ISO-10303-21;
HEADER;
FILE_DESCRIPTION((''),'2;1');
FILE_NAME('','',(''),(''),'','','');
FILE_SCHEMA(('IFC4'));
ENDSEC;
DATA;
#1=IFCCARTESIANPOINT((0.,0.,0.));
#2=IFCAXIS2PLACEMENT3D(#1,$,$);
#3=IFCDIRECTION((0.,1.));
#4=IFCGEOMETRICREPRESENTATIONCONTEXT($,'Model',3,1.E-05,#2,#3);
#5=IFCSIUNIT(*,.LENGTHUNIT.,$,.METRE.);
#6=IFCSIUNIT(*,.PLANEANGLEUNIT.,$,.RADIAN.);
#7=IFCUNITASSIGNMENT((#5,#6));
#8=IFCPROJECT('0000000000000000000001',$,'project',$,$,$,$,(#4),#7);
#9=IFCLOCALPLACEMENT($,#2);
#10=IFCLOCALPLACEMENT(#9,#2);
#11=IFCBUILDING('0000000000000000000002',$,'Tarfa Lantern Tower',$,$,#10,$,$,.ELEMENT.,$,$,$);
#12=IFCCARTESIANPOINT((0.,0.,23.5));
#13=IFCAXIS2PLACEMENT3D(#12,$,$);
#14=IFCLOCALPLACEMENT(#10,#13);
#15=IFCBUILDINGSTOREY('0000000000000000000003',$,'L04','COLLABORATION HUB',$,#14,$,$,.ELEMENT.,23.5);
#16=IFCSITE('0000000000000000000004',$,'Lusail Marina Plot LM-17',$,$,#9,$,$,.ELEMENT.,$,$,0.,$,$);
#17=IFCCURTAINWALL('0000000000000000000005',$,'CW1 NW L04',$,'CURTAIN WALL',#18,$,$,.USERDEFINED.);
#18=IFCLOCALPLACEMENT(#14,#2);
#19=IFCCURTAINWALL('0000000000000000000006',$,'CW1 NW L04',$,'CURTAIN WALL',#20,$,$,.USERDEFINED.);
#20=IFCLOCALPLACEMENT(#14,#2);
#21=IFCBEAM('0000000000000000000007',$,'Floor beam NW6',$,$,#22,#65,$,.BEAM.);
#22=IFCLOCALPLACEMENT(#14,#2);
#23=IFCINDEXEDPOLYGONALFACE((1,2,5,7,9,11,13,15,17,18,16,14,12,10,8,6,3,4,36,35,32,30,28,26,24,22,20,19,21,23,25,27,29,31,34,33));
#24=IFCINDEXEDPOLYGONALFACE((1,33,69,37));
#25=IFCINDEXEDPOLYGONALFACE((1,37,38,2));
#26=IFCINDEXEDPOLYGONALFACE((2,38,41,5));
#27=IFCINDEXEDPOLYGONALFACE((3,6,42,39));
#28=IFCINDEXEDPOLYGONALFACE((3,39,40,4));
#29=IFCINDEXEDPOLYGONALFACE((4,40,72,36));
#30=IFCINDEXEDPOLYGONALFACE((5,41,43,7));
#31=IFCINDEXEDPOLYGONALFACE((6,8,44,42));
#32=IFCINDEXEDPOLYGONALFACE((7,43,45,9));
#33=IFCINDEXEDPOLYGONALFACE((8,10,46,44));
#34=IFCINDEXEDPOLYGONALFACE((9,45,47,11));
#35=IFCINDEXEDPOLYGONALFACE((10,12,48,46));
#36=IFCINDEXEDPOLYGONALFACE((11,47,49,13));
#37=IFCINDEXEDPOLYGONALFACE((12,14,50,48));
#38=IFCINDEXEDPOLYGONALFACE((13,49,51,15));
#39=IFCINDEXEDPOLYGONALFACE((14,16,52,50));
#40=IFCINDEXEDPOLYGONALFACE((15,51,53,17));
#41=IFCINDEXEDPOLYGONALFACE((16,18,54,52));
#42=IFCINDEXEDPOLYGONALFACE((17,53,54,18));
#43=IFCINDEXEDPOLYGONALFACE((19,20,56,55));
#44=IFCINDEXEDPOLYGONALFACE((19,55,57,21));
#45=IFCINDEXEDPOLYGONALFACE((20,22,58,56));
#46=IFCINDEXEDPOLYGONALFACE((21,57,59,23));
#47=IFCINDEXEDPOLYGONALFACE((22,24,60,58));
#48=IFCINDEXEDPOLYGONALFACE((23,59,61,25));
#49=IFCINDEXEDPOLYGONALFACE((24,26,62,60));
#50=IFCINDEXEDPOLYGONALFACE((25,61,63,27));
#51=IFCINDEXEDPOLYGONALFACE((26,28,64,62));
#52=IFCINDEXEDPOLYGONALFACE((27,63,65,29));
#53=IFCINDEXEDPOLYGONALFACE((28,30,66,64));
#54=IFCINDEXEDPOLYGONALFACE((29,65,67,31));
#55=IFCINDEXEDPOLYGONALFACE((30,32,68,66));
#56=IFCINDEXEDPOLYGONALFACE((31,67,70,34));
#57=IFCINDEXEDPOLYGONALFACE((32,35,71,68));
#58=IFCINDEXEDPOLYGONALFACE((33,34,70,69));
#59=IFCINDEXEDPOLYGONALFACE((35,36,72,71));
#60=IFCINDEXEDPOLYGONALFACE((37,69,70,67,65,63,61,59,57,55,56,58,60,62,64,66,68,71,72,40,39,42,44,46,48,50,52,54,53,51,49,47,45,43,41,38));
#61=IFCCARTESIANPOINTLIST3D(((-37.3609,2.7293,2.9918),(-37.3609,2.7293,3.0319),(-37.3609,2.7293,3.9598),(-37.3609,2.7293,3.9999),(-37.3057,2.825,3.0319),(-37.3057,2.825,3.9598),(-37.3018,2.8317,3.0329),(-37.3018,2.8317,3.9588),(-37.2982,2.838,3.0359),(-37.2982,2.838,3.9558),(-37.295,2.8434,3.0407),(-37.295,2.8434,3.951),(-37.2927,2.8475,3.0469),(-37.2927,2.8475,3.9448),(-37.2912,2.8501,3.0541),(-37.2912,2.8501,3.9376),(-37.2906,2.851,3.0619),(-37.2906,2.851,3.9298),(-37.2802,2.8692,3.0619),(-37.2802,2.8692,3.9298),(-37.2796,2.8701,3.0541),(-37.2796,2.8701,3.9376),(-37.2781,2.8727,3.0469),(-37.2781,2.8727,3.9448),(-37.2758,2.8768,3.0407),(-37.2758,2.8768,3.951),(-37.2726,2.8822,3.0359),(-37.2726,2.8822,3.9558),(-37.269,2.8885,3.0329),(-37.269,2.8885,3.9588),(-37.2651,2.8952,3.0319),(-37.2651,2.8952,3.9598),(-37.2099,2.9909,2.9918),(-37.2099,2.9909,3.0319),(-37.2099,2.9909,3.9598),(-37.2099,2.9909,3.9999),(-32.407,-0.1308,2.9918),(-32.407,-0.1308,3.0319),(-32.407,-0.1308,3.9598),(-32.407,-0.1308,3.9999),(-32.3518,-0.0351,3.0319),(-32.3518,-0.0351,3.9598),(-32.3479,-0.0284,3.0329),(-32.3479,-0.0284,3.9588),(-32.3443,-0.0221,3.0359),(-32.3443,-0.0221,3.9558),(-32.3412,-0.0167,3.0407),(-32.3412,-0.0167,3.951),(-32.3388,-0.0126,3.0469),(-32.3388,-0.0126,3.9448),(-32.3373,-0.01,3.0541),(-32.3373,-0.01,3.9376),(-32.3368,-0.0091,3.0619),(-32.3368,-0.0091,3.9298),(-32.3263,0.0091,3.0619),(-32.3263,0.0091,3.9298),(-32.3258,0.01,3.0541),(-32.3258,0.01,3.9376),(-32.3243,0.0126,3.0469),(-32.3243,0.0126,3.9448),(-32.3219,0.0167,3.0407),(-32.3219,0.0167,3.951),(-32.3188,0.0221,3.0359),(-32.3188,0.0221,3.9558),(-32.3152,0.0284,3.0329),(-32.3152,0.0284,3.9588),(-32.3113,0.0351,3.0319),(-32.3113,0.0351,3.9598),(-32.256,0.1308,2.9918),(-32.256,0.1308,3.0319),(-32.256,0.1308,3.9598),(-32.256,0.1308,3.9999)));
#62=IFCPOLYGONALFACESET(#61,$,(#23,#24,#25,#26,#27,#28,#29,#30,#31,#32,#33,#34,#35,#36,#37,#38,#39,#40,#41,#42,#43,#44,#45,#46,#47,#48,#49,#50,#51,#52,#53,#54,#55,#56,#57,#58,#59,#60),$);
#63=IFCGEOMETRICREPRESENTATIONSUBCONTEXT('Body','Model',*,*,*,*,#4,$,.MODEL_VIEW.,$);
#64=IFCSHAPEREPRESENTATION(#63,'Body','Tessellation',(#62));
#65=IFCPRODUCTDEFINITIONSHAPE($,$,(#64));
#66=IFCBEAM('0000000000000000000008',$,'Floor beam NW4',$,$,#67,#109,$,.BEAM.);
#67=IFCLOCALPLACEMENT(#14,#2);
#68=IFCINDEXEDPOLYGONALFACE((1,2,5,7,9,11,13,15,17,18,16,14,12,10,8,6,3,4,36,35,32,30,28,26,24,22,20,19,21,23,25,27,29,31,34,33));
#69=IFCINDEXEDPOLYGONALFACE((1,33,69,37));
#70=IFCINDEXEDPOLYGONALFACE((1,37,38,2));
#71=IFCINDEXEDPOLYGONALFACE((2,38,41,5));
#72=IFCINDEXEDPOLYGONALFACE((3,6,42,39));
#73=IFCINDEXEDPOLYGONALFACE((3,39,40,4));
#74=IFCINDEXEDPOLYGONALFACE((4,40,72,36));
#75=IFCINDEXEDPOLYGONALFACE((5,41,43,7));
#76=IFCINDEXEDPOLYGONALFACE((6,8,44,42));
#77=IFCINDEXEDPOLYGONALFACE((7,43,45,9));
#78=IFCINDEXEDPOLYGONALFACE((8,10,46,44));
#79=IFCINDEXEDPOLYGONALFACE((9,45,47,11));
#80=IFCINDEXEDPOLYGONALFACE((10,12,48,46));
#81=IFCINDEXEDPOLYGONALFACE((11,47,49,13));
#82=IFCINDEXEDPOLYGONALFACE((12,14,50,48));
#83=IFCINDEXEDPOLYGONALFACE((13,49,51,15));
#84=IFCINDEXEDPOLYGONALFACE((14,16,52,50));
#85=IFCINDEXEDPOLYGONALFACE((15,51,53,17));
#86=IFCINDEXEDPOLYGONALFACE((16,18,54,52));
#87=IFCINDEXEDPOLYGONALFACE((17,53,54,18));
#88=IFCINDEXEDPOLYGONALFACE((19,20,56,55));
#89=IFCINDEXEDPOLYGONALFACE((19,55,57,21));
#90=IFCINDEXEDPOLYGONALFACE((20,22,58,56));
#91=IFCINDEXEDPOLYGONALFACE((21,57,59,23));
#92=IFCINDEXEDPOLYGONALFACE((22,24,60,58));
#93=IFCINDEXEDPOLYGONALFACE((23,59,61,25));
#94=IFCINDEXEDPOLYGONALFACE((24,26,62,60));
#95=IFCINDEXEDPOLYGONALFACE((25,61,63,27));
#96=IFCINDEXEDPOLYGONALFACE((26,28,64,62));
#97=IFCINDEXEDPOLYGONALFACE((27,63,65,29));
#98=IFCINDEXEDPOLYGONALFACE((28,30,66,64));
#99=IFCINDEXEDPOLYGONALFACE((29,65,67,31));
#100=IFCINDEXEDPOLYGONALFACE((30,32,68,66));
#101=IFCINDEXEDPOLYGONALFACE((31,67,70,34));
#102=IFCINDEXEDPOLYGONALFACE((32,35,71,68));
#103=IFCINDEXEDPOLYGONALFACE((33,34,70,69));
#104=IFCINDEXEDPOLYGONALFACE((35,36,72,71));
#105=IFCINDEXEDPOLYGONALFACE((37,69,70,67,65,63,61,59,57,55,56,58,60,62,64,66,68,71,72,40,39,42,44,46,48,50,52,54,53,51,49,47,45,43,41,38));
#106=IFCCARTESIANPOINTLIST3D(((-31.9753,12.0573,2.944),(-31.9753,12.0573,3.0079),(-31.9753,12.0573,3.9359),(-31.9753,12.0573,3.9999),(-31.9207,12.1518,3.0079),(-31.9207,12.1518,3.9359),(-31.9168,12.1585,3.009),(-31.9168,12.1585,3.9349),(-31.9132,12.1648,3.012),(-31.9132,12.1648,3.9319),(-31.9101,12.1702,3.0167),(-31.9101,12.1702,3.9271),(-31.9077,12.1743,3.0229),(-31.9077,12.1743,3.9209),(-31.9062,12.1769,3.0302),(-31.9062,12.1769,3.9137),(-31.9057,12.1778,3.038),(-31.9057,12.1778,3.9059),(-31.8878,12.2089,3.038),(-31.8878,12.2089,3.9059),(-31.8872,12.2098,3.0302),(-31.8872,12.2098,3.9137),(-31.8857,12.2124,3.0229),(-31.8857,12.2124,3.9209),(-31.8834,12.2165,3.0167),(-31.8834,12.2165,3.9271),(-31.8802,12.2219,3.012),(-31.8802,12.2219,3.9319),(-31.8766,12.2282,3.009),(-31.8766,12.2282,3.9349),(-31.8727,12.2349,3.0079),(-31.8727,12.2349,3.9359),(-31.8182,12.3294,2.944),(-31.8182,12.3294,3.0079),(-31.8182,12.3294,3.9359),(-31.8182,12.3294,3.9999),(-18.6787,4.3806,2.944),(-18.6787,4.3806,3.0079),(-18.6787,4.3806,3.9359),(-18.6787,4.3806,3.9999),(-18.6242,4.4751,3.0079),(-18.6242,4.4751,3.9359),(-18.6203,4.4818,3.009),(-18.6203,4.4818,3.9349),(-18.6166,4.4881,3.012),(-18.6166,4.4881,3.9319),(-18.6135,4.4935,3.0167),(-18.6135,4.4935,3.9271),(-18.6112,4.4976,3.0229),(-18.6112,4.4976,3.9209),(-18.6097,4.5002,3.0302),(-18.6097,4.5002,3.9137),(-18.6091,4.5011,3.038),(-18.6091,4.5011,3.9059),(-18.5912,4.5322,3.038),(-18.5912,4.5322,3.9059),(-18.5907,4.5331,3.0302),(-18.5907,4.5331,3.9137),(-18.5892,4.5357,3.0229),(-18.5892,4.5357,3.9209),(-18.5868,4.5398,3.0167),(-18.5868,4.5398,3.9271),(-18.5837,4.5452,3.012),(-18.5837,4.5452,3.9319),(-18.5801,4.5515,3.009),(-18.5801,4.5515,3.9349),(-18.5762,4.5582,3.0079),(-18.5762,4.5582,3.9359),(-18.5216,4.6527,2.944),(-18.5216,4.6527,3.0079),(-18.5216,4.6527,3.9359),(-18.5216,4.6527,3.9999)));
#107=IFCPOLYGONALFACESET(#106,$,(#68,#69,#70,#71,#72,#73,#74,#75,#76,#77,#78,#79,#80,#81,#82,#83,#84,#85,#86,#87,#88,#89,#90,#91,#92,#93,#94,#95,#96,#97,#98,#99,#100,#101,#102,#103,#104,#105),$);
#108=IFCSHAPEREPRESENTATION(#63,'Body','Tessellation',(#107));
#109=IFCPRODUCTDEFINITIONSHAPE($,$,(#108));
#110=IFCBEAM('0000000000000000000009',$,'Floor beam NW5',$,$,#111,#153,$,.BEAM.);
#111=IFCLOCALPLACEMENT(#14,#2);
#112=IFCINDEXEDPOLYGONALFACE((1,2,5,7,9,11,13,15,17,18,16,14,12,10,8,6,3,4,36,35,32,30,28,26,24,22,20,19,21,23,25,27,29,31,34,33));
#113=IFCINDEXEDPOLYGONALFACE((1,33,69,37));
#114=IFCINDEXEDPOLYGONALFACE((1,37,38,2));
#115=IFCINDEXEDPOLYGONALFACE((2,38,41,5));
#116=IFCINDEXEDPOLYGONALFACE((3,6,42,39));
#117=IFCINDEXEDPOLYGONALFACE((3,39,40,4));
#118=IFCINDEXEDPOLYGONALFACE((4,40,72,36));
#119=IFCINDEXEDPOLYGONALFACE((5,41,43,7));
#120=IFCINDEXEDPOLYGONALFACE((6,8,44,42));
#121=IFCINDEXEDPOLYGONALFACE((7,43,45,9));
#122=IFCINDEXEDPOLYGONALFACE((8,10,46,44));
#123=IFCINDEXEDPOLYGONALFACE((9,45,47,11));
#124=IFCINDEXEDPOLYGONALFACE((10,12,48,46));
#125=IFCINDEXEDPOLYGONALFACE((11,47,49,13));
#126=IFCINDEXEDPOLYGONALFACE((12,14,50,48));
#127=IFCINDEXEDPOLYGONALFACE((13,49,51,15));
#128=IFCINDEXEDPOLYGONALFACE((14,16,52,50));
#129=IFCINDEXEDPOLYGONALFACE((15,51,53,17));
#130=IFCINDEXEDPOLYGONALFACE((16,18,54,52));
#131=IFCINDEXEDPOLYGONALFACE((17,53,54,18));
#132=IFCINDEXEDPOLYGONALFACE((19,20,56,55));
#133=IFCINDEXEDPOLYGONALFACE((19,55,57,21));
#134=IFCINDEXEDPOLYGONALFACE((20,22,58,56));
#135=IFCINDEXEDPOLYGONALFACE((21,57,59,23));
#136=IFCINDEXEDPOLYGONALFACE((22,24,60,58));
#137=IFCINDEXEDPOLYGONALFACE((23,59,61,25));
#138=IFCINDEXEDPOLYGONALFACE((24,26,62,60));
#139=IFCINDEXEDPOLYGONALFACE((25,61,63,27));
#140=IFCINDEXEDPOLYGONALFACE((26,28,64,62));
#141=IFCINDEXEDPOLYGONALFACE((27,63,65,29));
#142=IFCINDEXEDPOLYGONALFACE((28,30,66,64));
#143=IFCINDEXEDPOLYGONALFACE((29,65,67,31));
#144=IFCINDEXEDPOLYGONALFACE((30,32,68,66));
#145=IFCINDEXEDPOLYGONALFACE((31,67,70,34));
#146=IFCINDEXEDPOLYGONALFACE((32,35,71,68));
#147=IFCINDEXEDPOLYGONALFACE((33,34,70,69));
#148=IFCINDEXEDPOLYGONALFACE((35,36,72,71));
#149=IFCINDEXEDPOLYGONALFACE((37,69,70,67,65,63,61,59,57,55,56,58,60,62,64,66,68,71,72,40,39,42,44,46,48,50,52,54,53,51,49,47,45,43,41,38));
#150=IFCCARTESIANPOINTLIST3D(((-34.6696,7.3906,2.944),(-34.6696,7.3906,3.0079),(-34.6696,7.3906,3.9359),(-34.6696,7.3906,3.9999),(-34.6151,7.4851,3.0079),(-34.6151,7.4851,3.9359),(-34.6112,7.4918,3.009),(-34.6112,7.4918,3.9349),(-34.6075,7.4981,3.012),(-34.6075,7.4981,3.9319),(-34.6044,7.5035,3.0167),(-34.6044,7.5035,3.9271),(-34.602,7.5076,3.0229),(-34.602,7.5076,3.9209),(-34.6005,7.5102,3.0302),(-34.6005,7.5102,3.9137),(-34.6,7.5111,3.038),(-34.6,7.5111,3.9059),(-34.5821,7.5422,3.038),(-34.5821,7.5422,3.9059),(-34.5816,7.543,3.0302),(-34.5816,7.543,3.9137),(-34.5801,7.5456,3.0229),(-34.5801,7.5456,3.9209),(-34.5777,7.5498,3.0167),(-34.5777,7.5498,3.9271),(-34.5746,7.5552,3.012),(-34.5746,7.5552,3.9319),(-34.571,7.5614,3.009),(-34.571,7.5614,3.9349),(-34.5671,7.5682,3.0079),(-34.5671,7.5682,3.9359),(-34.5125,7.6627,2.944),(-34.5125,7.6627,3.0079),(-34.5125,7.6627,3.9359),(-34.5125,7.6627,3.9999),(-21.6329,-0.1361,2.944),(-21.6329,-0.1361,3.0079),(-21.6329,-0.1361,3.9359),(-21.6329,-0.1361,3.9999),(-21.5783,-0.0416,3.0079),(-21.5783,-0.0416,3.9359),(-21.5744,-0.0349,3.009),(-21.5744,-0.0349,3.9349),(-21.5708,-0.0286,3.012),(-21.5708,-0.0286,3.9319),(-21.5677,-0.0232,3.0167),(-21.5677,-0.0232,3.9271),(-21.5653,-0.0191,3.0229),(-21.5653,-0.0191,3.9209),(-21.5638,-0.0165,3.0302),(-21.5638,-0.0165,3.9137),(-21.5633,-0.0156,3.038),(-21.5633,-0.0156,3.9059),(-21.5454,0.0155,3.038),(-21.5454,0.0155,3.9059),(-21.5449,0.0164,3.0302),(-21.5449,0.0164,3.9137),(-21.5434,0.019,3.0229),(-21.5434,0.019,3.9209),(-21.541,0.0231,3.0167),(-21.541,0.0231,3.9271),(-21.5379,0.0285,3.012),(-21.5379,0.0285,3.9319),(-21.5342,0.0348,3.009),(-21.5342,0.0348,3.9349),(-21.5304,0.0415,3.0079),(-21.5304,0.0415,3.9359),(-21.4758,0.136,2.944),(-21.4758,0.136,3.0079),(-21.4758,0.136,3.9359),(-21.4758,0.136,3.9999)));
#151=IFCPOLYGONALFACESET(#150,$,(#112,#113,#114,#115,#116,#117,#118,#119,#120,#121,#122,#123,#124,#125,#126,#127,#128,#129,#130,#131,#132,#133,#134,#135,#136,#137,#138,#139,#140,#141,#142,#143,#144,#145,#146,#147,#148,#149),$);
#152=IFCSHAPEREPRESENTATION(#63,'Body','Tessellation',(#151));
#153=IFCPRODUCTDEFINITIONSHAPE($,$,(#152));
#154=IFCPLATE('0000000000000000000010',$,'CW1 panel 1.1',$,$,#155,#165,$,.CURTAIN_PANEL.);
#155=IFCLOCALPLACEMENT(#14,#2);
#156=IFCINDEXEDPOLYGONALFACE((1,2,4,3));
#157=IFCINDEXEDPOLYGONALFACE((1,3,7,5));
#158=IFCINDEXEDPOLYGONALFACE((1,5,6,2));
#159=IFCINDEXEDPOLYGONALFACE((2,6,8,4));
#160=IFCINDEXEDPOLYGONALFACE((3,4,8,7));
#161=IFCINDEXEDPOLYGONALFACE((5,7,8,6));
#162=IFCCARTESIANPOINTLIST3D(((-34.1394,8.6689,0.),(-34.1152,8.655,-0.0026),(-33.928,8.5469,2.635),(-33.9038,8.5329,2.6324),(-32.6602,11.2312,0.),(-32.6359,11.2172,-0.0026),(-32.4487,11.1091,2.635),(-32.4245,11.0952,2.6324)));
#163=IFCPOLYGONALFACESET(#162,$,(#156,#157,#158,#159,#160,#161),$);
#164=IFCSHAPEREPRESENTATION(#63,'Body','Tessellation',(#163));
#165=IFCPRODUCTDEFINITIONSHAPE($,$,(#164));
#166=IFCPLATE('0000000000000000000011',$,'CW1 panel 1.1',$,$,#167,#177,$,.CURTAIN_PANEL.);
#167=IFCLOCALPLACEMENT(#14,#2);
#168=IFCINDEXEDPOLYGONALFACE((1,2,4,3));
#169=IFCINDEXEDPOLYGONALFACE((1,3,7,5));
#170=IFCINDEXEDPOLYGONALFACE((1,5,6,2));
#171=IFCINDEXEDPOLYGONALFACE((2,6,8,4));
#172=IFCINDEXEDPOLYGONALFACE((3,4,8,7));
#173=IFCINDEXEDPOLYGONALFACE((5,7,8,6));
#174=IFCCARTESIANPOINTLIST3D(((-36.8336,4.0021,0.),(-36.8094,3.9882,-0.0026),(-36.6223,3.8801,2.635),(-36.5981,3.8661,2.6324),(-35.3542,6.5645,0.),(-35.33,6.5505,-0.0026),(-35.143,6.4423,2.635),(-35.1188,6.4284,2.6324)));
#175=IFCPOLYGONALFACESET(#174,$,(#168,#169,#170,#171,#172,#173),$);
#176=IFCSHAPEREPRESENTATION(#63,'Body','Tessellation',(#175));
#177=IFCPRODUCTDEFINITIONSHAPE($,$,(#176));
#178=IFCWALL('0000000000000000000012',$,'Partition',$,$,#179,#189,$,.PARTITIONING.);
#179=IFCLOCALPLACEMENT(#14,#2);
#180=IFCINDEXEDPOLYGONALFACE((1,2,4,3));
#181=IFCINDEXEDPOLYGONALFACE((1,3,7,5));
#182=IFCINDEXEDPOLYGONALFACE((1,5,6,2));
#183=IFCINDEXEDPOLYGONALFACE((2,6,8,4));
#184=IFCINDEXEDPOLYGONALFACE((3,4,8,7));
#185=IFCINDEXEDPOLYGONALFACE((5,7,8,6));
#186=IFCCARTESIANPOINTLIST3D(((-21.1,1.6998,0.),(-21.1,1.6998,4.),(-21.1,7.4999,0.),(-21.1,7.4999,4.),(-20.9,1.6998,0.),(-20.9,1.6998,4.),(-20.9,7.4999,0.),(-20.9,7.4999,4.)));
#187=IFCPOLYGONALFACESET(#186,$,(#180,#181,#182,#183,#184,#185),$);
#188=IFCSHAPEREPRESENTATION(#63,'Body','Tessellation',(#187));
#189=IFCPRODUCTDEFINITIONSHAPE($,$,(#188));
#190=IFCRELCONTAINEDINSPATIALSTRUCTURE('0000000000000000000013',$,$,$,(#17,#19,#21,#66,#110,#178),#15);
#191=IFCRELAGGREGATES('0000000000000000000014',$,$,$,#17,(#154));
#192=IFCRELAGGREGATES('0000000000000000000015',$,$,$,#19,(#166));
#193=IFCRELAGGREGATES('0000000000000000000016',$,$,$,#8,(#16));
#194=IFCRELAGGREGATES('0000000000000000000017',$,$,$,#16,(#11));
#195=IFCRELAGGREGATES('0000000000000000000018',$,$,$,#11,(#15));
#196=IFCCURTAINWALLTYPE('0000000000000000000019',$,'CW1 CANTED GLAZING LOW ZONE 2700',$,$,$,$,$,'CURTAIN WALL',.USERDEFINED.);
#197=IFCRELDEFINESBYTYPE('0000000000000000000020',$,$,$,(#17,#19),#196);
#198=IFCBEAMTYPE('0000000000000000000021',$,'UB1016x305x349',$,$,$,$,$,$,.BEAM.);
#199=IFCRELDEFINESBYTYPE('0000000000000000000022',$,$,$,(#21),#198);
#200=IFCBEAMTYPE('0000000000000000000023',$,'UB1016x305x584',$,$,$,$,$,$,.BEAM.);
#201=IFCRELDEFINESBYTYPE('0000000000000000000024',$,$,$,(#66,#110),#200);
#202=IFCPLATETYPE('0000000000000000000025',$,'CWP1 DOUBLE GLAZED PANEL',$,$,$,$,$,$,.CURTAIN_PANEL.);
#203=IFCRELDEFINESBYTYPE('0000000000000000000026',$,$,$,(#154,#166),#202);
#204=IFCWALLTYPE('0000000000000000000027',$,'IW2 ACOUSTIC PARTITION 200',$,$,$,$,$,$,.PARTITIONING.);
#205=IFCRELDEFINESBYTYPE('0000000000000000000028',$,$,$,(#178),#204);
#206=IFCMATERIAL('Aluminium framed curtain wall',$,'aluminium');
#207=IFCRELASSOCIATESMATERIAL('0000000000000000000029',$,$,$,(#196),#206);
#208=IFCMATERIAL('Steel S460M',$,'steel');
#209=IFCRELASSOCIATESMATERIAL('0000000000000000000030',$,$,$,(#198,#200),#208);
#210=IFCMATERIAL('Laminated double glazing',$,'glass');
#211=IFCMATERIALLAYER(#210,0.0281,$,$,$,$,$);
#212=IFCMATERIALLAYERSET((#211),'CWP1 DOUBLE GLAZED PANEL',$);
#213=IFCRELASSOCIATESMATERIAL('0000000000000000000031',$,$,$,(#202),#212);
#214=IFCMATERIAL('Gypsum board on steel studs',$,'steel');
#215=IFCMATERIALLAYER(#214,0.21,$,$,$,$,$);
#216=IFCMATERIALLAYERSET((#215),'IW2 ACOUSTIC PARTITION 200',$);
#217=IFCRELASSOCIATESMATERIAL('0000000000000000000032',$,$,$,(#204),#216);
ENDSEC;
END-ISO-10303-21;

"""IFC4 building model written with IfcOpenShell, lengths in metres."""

from ifc_helpers import new_model, si_unit, direction, frame, frame_2d, origin, origin_2d, place, context, subcontext, project, spatial, polyline, rectangle, i_section, outline, extrude, material, layer, layer_set, material_profile, profile_set, type_object, element, aggregate, save


model = new_model("IFC4")

# Units and contexts
model_context = context("Model", 3, precision=1e-05, world=origin(), true_north=direction((0.0, 1.0)))
body_context = subcontext(model_context, "Body", "Model", "MODEL_VIEW")
ifc_project = project(units=[si_unit("LENGTHUNIT", "METRE"), si_unit("PLANEANGLEUNIT", "RADIAN")], contexts=[model_context])

# Site, building, storey
site_placement = place(None, origin())
site = spatial("IfcSite", under=ifc_project, at=site_placement, Name="Lusail Marina Plot LM-17", CompositionType="ELEMENT", RefElevation=0.0)
building_placement = place(site_placement, origin())
building = spatial("IfcBuilding", under=site, at=building_placement, Name="Tarfa Lantern Tower", CompositionType="ELEMENT")
storey_placement = place(building_placement, frame((0.0, 0.0, 23.5)))
storey = spatial("IfcBuildingStorey", under=building, at=storey_placement, Name="L04", Description="COLLABORATION HUB", CompositionType="ELEMENT", Elevation=23.5)

# Shared definitions
ifc_material_1 = material(Name="Aluminium framed curtain wall", Category="aluminium")
curtain_wall_type = type_object("IfcCurtainWallType", Name="CW1 CANTED GLAZING LOW ZONE 2700", ElementType="CURTAIN WALL", PredefinedType="USERDEFINED", material=ifc_material_1)

# Curtain walls
curtain_wall_1_placement = place(storey_placement, origin())
curtain_wall_1 = element("IfcCurtainWall", 1, at=curtain_wall_1_placement, inside=storey, type_object=curtain_wall_type, Name="CW1 NW L04", ObjectType="CURTAIN WALL", PredefinedType="USERDEFINED")
curtain_wall_2_placement = place(storey_placement, origin())
curtain_wall_2 = element("IfcCurtainWall", 2, at=curtain_wall_2_placement, inside=storey, type_object=curtain_wall_type, Name="CW1 NW L04", ObjectType="CURTAIN WALL", PredefinedType="USERDEFINED")

# Beams
ifc_material_2 = material(Name="Steel S460M", Category="steel")
ifc_material_profile_1 = material_profile(ifc_material_2, i_section(OverallWidth=0.302, OverallDepth=1.0081, WebThickness=0.021, FlangeThickness=0.04, FilletRadius=0.03, at=origin_2d()), Name="UB1016x305x349")
ifc_profile_set_1 = profile_set([ifc_material_profile_1], Name="Steel S460M")
beam_type_1 = type_object("IfcBeamType", Name="UB1016x305x349", PredefinedType="BEAM", material=ifc_profile_set_1)
beam_1_placement = place(storey_placement, frame((-37.2854, 2.8601, 3.4958), z_axis=(0.866026, -0.5, 0.0), x_axis=(0.5, 0.866026, 0.0)))
element("IfcBeam", 3, at=beam_1_placement, inside=storey, type_object=beam_type_1, Name="Floor beam NW6", PredefinedType="BEAM", context=body_context, shape_type="SweptSolid", body=[
    extrude(i_section(OverallWidth=0.302, OverallDepth=1.0081, WebThickness=0.021, FlangeThickness=0.04, FilletRadius=0.03, at=origin_2d()), origin(), (0.0, 0.0, 1.0), 5.7202),
])
ifc_material_profile_2 = material_profile(ifc_material_2, i_section(OverallWidth=0.3142, OverallDepth=1.0559, WebThickness=0.0359, FlangeThickness=0.064, FilletRadius=0.03, at=origin_2d()), Name="UB1016x305x584")
ifc_profile_set_2 = profile_set([ifc_material_profile_2], Name="Steel S460M")
beam_type_2 = type_object("IfcBeamType", Name="UB1016x305x584", PredefinedType="BEAM", material=ifc_profile_set_2)
beam_2_placement = place(storey_placement, frame((-31.8967, 12.1934, 3.4719), z_axis=(0.866027, -0.499997, 0.0), x_axis=(0.499997, 0.866027, 0.0)))
element("IfcBeam", 4, at=beam_2_placement, inside=storey, type_object=beam_type_2, Name="Floor beam NW4", PredefinedType="BEAM", context=body_context, shape_type="SweptSolid", body=[
    extrude(i_section(OverallWidth=0.3142, OverallDepth=1.0559, WebThickness=0.0359, FlangeThickness=0.064, FilletRadius=0.03, at=origin_2d()), origin(), (0.0, 0.0, 1.0), 15.3535),
])
beam_3_placement = place(storey_placement, frame((-34.5911, 7.5266, 3.4719), z_axis=(0.866028, -0.499996, 0.0), x_axis=(0.499996, 0.866028, 0.0)))
element("IfcBeam", 5, at=beam_3_placement, inside=storey, type_object=beam_type_2, Name="Floor beam NW5", PredefinedType="BEAM", context=body_context, shape_type="SweptSolid", body=[
    extrude(i_section(OverallWidth=0.3142, OverallDepth=1.0559, WebThickness=0.0359, FlangeThickness=0.064, FilletRadius=0.03, at=origin_2d()), origin(), (0.0, 0.0, 1.0), 15.0535),
])

# Plates
ifc_material_3 = material(Name="Laminated double glazing", Category="glass")
ifc_layer_1 = layer(ifc_material_3, 0.0281)
ifc_layer_set_1 = layer_set([ifc_layer_1], Name="CWP1 DOUBLE GLAZED PANEL")
plate_type = type_object("IfcPlateType", Name="CWP1 DOUBLE GLAZED PANEL", PredefinedType="CURTAIN_PANEL", material=ifc_layer_set_1)
plate_1_placement = place(storey_placement, frame((-32.6602, 11.2312, 0.0), z_axis=(-0.862342, 0.49785, 0.092255), x_axis=(-0.499982, -0.866036, 0.0)))
plate_1 = element("IfcPlate", 6, at=plate_1_placement, type_object=plate_type, Name="CW1 panel 1.1", PredefinedType="CURTAIN_PANEL", context=body_context, shape_type="SweptSolid", body=[
    extrude(outline(polyline([(0.0, 0.0), (2.9586, 0.0), (2.9586, 2.6463), (0.0, 2.6463), (0.0, 0.0)])), origin(), (0.0, 0.0, -1.0), 0.0281),
])
aggregate(curtain_wall_1, [plate_1])
plate_2_placement = place(storey_placement, frame((-35.3542, 6.5645, 0.0), z_axis=(-0.862328, 0.497882, 0.092216), x_axis=(-0.500013, -0.866018, -0.000003)))
plate_2 = element("IfcPlate", 7, at=plate_2_placement, type_object=plate_type, Name="CW1 panel 1.1", PredefinedType="CURTAIN_PANEL", context=body_context, shape_type="SweptSolid", body=[
    extrude(outline(polyline([(0.0, 0.0), (2.9587, 0.0), (2.9587, 2.6463), (0.0001, 2.6463), (0.0, 0.0)])), origin(), (0.0, 0.0, -1.0), 0.0281),
])
aggregate(curtain_wall_2, [plate_2])

# Wall
ifc_material_4 = material(Name="Gypsum board on steel studs", Category="steel")
ifc_layer_2 = layer(ifc_material_4, 0.21)
ifc_layer_set_2 = layer_set([ifc_layer_2], Name="IW2 ACOUSTIC PARTITION 200")
wall_type = type_object("IfcWallType", Name="IW2 ACOUSTIC PARTITION 200", PredefinedType="PARTITIONING", material=ifc_layer_set_2)
for number, where, z_axis, x_axis, name in (
    (8, (-21.0, 1.7, 0.0), (0.0, 0.0, 1.0), (0.0, 1.0, 0.0), "Partition"),
):
    element("IfcWall", number, at=place(storey_placement, frame(where, z_axis=z_axis, x_axis=x_axis)), inside=storey, type_object=wall_type, Name=name, PredefinedType="PARTITIONING", context=body_context, shape_type="SweptSolid", body=[
        extrude(rectangle(XDim=5.8, YDim=0.2, at=frame_2d((2.8999, 0.0))), origin(), (0.0, 0.0, 1.0), 4.0),
    ])

save(model, "model.ifc")
